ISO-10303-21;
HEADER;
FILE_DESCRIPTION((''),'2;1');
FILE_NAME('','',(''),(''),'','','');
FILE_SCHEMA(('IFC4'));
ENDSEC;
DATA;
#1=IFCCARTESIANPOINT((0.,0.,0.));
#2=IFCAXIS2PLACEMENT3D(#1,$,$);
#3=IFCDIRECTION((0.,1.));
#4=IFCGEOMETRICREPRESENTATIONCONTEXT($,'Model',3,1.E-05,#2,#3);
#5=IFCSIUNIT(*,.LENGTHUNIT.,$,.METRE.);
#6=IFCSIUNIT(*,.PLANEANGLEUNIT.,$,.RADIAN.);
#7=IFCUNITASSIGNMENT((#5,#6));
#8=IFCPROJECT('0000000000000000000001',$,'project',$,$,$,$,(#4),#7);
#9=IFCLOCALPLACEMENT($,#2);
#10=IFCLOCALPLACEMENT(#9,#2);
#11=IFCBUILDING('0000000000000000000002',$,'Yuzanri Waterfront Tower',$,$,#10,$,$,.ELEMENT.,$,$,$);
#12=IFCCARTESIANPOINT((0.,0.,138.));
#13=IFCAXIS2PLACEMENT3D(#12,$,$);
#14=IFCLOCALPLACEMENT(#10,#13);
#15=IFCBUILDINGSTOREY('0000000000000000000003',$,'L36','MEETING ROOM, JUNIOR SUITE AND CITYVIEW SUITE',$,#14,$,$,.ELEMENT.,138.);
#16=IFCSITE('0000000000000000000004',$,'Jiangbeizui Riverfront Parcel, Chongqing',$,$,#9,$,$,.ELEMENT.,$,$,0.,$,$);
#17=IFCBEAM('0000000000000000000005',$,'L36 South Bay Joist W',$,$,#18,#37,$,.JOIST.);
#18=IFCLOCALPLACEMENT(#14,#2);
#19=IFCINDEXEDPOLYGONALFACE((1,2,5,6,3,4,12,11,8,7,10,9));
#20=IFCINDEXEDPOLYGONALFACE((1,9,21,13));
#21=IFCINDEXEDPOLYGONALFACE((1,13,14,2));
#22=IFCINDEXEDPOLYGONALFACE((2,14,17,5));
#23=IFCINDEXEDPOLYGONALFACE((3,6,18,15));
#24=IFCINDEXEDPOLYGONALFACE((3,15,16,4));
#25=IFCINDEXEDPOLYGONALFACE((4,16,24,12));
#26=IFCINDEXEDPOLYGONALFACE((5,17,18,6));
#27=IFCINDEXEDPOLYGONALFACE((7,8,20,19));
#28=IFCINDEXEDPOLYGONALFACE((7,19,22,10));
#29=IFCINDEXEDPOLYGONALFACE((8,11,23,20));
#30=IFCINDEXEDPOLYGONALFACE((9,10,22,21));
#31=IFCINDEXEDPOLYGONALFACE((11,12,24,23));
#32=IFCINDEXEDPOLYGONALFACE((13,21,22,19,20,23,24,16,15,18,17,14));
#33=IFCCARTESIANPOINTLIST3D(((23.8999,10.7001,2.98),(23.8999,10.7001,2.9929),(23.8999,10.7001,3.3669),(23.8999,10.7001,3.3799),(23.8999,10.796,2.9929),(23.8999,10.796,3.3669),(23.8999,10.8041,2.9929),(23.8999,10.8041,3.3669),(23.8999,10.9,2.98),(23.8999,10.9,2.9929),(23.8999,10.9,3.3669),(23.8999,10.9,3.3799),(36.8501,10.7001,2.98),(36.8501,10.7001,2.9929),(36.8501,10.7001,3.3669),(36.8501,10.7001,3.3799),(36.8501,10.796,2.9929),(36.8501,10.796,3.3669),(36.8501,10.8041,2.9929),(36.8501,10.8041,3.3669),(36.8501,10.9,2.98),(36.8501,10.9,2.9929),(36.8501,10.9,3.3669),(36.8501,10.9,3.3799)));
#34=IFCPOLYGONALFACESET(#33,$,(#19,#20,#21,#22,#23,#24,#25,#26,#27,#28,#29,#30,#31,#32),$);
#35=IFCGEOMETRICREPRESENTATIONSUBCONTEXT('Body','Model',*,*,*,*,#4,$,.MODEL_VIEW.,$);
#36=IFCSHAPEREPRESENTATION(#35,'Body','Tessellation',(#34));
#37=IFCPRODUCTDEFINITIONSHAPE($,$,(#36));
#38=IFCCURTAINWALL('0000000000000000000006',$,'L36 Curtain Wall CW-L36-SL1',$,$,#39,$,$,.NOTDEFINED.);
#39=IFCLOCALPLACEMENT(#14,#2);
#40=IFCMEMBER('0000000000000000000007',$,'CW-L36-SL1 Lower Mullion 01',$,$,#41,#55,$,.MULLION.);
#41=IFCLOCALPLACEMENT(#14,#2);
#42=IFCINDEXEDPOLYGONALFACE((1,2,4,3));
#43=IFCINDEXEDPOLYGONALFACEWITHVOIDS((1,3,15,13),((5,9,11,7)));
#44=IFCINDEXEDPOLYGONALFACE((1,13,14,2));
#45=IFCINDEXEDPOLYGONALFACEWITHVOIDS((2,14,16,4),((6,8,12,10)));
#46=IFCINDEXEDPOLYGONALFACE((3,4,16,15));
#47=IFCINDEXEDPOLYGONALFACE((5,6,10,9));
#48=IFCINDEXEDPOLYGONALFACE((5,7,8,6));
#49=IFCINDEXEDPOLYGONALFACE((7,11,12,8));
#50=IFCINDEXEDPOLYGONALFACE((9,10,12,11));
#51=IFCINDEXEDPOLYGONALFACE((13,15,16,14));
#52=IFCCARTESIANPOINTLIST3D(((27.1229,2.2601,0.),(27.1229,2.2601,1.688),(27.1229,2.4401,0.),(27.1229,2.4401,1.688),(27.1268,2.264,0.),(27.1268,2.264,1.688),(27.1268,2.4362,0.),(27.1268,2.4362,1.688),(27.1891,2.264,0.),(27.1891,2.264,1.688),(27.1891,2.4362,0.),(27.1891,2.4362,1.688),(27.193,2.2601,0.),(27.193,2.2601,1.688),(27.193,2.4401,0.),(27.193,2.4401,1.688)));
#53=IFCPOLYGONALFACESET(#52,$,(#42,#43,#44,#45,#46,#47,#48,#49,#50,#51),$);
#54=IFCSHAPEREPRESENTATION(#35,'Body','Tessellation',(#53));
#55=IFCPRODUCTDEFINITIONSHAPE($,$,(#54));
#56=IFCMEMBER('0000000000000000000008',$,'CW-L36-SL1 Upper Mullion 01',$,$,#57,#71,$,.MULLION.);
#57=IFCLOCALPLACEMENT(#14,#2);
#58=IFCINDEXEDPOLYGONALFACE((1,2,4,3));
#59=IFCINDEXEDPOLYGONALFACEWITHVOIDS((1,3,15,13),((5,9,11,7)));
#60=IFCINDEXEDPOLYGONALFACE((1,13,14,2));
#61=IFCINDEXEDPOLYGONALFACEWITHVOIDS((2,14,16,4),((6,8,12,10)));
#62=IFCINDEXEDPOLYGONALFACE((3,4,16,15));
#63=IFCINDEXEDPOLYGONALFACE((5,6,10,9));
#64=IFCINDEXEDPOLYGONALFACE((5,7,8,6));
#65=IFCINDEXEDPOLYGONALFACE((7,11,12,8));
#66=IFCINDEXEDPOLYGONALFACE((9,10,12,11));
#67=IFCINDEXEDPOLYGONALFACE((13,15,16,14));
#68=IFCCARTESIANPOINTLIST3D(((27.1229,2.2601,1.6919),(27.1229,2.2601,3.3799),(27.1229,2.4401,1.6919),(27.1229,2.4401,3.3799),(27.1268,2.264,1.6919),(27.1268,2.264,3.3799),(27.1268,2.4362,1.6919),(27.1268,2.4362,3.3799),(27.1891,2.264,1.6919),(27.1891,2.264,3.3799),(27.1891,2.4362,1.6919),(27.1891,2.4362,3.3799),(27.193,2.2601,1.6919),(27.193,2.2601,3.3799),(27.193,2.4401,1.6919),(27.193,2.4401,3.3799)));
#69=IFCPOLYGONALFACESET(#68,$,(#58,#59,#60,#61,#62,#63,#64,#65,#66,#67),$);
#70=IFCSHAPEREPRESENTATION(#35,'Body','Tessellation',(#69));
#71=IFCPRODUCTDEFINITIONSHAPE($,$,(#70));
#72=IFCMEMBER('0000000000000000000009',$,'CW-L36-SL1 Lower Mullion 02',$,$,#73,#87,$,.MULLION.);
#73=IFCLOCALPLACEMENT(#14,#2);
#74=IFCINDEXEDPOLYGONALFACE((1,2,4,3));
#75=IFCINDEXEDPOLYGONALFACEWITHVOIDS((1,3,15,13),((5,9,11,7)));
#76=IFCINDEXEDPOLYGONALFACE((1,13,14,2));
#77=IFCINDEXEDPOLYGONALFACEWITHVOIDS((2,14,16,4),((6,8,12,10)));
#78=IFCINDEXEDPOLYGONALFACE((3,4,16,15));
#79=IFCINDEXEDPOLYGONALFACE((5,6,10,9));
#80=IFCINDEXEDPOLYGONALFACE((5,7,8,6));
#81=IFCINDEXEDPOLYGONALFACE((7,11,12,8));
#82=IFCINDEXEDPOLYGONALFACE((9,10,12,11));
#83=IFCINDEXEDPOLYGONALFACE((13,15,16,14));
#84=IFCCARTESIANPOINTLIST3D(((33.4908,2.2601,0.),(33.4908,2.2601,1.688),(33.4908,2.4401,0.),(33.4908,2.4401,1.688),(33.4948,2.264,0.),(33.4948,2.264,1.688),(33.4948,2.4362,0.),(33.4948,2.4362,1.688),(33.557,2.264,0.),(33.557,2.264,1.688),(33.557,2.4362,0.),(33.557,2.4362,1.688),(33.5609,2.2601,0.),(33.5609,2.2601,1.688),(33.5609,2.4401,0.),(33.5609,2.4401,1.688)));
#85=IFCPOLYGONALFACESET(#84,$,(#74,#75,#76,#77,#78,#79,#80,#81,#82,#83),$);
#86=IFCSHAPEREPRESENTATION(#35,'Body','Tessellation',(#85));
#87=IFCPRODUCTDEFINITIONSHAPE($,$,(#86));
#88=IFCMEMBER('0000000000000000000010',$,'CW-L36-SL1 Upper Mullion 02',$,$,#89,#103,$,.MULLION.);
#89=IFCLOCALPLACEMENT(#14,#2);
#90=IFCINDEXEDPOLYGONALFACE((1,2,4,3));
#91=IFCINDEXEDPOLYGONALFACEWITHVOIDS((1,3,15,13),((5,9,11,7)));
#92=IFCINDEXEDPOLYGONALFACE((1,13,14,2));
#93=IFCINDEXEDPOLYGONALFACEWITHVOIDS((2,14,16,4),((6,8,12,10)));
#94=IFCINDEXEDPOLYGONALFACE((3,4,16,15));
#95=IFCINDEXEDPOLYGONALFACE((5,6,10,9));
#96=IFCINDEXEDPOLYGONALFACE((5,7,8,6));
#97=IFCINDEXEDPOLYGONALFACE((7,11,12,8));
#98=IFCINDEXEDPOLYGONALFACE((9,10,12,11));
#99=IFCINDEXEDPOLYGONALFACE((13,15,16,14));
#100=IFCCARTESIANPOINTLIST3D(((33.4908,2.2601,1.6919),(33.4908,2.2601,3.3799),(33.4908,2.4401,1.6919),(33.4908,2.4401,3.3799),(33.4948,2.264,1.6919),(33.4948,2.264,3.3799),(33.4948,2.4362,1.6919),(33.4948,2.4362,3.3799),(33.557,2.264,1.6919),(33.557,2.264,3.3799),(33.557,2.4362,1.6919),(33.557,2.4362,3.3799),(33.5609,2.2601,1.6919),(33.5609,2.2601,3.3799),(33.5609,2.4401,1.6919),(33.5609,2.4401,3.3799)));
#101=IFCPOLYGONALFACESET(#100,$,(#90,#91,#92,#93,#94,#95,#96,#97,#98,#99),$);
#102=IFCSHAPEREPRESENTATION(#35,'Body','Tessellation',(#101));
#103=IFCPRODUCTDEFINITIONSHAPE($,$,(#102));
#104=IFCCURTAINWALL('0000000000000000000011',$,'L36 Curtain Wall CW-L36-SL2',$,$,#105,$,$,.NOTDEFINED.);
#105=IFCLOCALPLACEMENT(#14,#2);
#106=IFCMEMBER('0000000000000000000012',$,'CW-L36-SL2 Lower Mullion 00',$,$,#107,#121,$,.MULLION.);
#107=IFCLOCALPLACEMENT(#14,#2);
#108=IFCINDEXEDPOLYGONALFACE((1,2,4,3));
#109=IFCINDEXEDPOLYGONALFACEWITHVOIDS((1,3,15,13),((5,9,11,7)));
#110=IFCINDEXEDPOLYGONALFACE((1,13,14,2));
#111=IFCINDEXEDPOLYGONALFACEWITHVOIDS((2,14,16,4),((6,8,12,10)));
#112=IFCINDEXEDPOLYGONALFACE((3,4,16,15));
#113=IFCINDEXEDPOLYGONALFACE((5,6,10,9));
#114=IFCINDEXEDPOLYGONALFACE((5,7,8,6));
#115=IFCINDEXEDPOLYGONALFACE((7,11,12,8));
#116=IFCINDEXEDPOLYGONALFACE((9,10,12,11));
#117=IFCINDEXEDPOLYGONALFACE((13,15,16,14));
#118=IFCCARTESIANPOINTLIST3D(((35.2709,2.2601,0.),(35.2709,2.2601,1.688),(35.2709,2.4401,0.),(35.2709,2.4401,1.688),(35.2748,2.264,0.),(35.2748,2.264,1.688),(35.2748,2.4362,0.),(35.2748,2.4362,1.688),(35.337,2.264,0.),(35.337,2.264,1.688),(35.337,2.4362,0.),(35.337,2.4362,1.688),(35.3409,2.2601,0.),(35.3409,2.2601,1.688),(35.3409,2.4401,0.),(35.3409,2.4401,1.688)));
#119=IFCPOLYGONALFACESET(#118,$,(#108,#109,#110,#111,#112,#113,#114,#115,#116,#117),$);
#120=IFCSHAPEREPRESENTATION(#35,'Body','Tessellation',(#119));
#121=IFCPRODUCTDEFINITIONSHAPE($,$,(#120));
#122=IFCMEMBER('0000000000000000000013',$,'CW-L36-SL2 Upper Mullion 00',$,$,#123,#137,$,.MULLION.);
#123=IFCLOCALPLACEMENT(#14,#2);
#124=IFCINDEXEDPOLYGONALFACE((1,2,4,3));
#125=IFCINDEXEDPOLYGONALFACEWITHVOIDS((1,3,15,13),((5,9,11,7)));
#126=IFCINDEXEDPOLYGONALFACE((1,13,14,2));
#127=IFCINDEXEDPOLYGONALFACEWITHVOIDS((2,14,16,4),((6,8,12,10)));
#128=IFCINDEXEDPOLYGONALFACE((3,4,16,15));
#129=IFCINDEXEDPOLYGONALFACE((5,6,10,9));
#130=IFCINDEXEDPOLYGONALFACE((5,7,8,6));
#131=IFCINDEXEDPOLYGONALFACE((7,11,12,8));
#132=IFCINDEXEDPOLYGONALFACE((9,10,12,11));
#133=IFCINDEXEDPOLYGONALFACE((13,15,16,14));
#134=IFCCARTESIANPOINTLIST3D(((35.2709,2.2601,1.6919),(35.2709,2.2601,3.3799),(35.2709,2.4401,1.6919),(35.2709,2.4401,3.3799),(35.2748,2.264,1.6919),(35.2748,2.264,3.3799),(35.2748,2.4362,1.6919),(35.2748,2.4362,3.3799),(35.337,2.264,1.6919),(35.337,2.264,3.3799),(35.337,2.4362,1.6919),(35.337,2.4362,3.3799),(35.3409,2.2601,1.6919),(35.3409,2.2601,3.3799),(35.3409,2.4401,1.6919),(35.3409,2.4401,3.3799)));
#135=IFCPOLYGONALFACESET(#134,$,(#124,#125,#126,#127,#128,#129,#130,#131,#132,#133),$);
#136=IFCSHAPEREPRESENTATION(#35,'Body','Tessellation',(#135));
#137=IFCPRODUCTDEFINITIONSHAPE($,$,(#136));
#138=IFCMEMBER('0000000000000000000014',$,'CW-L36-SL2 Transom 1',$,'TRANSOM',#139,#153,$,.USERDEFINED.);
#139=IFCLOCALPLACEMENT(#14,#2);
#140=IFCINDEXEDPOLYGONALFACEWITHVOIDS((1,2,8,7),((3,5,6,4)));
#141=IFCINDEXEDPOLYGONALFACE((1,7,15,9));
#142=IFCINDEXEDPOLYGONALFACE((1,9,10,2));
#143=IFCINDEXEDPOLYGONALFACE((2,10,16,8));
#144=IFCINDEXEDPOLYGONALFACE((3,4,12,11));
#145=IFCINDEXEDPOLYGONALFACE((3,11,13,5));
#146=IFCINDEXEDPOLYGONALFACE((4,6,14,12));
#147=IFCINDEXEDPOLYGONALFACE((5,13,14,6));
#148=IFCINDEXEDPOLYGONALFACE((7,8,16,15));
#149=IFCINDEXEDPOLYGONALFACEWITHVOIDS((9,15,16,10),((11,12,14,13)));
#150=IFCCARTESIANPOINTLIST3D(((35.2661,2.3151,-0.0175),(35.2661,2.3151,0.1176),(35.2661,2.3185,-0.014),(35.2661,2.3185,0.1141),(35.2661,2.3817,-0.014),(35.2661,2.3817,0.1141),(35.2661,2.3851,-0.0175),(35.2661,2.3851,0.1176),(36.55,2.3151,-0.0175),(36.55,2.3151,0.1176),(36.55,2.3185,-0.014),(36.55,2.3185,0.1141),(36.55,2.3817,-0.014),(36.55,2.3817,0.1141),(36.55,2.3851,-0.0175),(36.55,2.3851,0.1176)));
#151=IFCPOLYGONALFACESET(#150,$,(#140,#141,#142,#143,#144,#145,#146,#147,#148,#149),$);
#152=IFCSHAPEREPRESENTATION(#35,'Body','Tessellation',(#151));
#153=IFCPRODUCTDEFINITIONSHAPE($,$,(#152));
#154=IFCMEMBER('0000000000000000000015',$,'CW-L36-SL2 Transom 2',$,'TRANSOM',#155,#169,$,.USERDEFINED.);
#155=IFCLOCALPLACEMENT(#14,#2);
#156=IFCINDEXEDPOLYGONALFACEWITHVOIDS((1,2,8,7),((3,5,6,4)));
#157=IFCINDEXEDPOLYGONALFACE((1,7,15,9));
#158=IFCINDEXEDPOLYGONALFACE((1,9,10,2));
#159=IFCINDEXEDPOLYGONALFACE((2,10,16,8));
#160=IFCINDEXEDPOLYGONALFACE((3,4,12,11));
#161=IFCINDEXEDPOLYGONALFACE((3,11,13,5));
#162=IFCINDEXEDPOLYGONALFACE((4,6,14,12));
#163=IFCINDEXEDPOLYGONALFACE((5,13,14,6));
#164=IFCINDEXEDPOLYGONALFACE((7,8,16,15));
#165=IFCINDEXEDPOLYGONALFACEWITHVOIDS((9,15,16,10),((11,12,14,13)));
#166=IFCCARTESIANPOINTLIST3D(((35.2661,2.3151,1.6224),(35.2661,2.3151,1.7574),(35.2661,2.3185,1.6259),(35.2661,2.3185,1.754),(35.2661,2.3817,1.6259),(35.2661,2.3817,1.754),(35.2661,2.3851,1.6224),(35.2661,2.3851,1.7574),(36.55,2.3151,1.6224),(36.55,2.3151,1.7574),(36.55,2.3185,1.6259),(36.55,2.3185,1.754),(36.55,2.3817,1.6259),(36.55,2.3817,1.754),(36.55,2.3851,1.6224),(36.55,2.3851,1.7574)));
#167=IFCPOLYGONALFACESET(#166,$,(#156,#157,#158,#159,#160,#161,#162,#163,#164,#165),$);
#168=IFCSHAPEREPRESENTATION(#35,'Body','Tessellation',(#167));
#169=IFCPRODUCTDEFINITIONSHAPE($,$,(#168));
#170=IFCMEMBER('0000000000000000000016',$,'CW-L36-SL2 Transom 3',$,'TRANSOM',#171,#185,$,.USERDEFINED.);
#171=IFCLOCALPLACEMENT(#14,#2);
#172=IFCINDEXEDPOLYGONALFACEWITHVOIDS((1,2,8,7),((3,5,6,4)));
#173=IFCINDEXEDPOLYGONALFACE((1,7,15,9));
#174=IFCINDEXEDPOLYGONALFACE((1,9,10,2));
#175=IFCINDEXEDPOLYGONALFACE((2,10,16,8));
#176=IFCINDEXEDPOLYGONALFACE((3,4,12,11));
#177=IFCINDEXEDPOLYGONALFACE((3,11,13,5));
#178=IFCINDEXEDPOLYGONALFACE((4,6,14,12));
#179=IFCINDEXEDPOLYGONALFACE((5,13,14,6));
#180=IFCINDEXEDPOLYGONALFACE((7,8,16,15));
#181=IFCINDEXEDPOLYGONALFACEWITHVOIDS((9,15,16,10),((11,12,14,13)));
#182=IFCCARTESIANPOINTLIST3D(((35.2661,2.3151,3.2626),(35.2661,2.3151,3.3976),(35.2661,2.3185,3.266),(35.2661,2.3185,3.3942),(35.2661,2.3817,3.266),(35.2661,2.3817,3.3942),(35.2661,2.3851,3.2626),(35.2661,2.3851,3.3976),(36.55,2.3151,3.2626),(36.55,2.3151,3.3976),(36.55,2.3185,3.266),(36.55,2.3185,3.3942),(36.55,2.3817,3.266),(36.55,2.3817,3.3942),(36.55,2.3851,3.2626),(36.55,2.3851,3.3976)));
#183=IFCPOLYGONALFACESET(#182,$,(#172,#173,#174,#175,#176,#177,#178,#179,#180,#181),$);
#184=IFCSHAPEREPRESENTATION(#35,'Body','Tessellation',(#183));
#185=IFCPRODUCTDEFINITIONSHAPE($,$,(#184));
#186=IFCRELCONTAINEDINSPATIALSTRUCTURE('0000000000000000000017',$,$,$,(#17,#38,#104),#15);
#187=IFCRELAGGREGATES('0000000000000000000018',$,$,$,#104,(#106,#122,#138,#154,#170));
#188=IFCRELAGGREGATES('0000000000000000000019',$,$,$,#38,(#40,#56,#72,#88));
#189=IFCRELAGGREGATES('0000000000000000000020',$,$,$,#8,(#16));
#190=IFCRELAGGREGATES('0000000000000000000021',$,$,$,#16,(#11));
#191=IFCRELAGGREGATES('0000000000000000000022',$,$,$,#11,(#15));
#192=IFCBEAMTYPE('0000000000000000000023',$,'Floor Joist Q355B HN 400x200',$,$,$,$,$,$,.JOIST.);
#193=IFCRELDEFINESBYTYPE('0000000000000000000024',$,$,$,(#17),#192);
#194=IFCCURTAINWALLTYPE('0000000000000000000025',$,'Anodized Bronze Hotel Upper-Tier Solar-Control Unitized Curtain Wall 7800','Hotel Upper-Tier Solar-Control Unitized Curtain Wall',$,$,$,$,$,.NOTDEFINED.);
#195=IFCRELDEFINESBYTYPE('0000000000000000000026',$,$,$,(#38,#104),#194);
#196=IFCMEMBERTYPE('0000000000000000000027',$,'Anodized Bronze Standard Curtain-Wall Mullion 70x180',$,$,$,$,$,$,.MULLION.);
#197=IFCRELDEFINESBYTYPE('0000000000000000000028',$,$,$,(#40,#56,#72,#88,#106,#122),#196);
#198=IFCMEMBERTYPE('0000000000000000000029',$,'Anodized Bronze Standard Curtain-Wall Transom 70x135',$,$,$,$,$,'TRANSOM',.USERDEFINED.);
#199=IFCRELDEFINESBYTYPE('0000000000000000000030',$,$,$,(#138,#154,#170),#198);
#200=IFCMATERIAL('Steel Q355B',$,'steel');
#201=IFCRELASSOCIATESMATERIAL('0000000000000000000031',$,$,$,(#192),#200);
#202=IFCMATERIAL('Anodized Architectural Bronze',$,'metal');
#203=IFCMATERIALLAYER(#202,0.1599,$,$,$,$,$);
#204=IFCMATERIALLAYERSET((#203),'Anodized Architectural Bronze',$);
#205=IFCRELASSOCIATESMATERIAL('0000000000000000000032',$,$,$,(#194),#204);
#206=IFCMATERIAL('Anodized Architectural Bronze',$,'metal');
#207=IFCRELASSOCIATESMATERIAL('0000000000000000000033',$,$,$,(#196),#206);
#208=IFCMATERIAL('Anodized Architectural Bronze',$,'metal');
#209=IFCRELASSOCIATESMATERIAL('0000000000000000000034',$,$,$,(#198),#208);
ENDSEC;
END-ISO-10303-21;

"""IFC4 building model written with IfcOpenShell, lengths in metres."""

from ifc_helpers import new_model, si_unit, direction, frame, origin, origin_2d, place, context, subcontext, project, spatial, hollow_rectangle, i_section, extrude, source, transform, mapped, material, layer, layer_set, material_profile, profile_set, type_object, element, aggregate, save


model = new_model("IFC4")

# Units and contexts
model_context = context("Model", 3, precision=1e-05, world=origin(), true_north=direction((0.0, 1.0)))
body_context = subcontext(model_context, "Body", "Model", "MODEL_VIEW")
ifc_project = project(units=[si_unit("LENGTHUNIT", "METRE"), si_unit("PLANEANGLEUNIT", "RADIAN")], contexts=[model_context])

# Site, building, storey
site_placement = place(None, origin())
site = spatial("IfcSite", under=ifc_project, at=site_placement, Name="Jiangbeizui Riverfront Parcel, Chongqing", CompositionType="ELEMENT", RefElevation=0.0)
building_placement = place(site_placement, origin())
building = spatial("IfcBuilding", under=site, at=building_placement, Name="Yuzanri Waterfront Tower", CompositionType="ELEMENT")
storey_placement = place(building_placement, frame((0.0, 0.0, 138.0)))
storey = spatial("IfcBuildingStorey", under=building, at=storey_placement, Name="L36", Description="MEETING ROOM, JUNIOR SUITE AND CITYVIEW SUITE", CompositionType="ELEMENT", Elevation=138.0)

# Beam
ifc_material_1 = material(Name="Steel Q355B", Category="steel")
ifc_material_profile_1 = material_profile(ifc_material_1, i_section(OverallWidth=0.2, OverallDepth=0.3999, WebThickness=0.0081, FlangeThickness=0.0129, at=origin_2d()), Name="HN 400x200x8x13")
ifc_profile_set_1 = profile_set([ifc_material_profile_1], Name="Steel Q355B")
beam_type = type_object("IfcBeamType", Name="Floor Joist Q355B HN 400x200", PredefinedType="JOIST", material=ifc_profile_set_1)
shared_shape_1 = source(origin(), body_context, "Body", "SweptSolid", [
    extrude(i_section(OverallWidth=0.2, OverallDepth=0.3999, WebThickness=0.0081, FlangeThickness=0.0129, at=origin_2d()), origin(), (0.0, 0.0, 1.0), 12.9502),
])
beam_placement = place(storey_placement, frame((23.8999, 10.8, 3.1799), z_axis=(1.0, 0.0, 0.0), x_axis=(0.0, 1.0, 0.0)))
element("IfcBeam", 1, at=beam_placement, inside=storey, type_object=beam_type, Name="L36 South Bay Joist W", PredefinedType="JOIST", context=body_context, shape_type="MappedRepresentation", body=[
    mapped(shared_shape_1, transform((0.0, 0.0, 0.0), scale=1.0)),
])

# Curtain walls, members
ifc_material_2 = material(Name="Anodized Architectural Bronze", Category="metal")
ifc_layer_1 = layer(ifc_material_2, 0.1599)
ifc_layer_set_1 = layer_set([ifc_layer_1], Name="Anodized Architectural Bronze")
curtain_wall_type = type_object("IfcCurtainWallType", Name="Anodized Bronze Hotel Upper-Tier Solar-Control Unitized Curtain Wall 7800", Description="Hotel Upper-Tier Solar-Control Unitized Curtain Wall", PredefinedType="NOTDEFINED", material=ifc_layer_set_1)
curtain_wall_1_placement = place(storey_placement, origin())
curtain_wall_1 = element("IfcCurtainWall", 2, at=curtain_wall_1_placement, inside=storey, type_object=curtain_wall_type, Name="L36 Curtain Wall CW-L36-SL1", PredefinedType="NOTDEFINED")
ifc_material_3 = material(Name="Anodized Architectural Bronze", Category="metal")
ifc_material_profile_2 = material_profile(ifc_material_3, hollow_rectangle(XDim=0.0701, YDim=0.1799, WallThickness=0.0039, at=origin_2d()), Name="CWM 70x180")
ifc_profile_set_2 = profile_set([ifc_material_profile_2], Name="Anodized Architectural Bronze")
member_type_1 = type_object("IfcMemberType", Name="Anodized Bronze Standard Curtain-Wall Mullion 70x180", PredefinedType="MULLION", material=ifc_profile_set_2)
shared_shape_2 = source(origin(), body_context, "Body", "SweptSolid", [
    extrude(hollow_rectangle(XDim=0.0701, YDim=0.1799, WallThickness=0.0039, at=origin_2d()), origin(), (0.0, 0.0, 1.0), 1.688),
])
member_1_placement = place(storey_placement, frame((27.158, 2.3501, 0.0), z_axis=(0.0, 0.0, 1.0), x_axis=(1.0, 0.0, 0.0)))
member_1 = element("IfcMember", 3, at=member_1_placement, type_object=member_type_1, Name="CW-L36-SL1 Lower Mullion 01", PredefinedType="MULLION", context=body_context, shape_type="MappedRepresentation", body=[
    mapped(shared_shape_2, transform((0.0, 0.0, 0.0), scale=1.0)),
])
member_2_placement = place(storey_placement, frame((27.158, 2.3501, 1.6919), z_axis=(0.0, 0.0, 1.0), x_axis=(1.0, 0.0, 0.0)))
member_2 = element("IfcMember", 4, at=member_2_placement, type_object=member_type_1, Name="CW-L36-SL1 Upper Mullion 01", PredefinedType="MULLION", context=body_context, shape_type="MappedRepresentation", body=[
    mapped(shared_shape_2, transform((0.0, 0.0, 0.0), scale=1.0)),
])
member_3_placement = place(storey_placement, frame((33.5259, 2.3501, 0.0), z_axis=(0.0, 0.0, 1.0), x_axis=(1.0, 0.0, 0.0)))
member_3 = element("IfcMember", 5, at=member_3_placement, type_object=member_type_1, Name="CW-L36-SL1 Lower Mullion 02", PredefinedType="MULLION", context=body_context, shape_type="MappedRepresentation", body=[
    mapped(shared_shape_2, transform((0.0, 0.0, 0.0), scale=1.0)),
])
member_4_placement = place(storey_placement, frame((33.5259, 2.3501, 1.6919), z_axis=(0.0, 0.0, 1.0), x_axis=(1.0, 0.0, 0.0)))
member_4 = element("IfcMember", 6, at=member_4_placement, type_object=member_type_1, Name="CW-L36-SL1 Upper Mullion 02", PredefinedType="MULLION", context=body_context, shape_type="MappedRepresentation", body=[
    mapped(shared_shape_2, transform((0.0, 0.0, 0.0), scale=1.0)),
])
curtain_wall_2_placement = place(storey_placement, origin())
curtain_wall_2 = element("IfcCurtainWall", 7, at=curtain_wall_2_placement, inside=storey, type_object=curtain_wall_type, Name="L36 Curtain Wall CW-L36-SL2", PredefinedType="NOTDEFINED")
member_5_placement = place(storey_placement, frame((35.3059, 2.3501, 0.0), z_axis=(0.0, 0.0, 1.0), x_axis=(1.0, 0.0, 0.0)))
member_5 = element("IfcMember", 8, at=member_5_placement, type_object=member_type_1, Name="CW-L36-SL2 Lower Mullion 00", PredefinedType="MULLION", context=body_context, shape_type="MappedRepresentation", body=[
    mapped(shared_shape_2, transform((0.0, 0.0, 0.0), scale=1.0)),
])
member_6_placement = place(storey_placement, frame((35.3059, 2.3501, 1.6919), z_axis=(0.0, 0.0, 1.0), x_axis=(1.0, 0.0, 0.0)))
member_6 = element("IfcMember", 9, at=member_6_placement, type_object=member_type_1, Name="CW-L36-SL2 Upper Mullion 00", PredefinedType="MULLION", context=body_context, shape_type="MappedRepresentation", body=[
    mapped(shared_shape_2, transform((0.0, 0.0, 0.0), scale=1.0)),
])
ifc_material_4 = material(Name="Anodized Architectural Bronze", Category="metal")
ifc_material_profile_3 = material_profile(ifc_material_4, hollow_rectangle(XDim=0.0701, YDim=0.135, WallThickness=0.0034, at=origin_2d()), Name="CWT 70x135")
ifc_profile_set_3 = profile_set([ifc_material_profile_3], Name="Anodized Architectural Bronze")
member_type_2 = type_object("IfcMemberType", Name="Anodized Bronze Standard Curtain-Wall Transom 70x135", ElementType="TRANSOM", PredefinedType="USERDEFINED", material=ifc_profile_set_3)
shared_shape_3 = source(origin(), body_context, "Body", "SweptSolid", [
    extrude(hollow_rectangle(XDim=0.0701, YDim=0.135, WallThickness=0.0034, at=origin_2d()), origin(), (0.0, 0.0, 1.0), 1.2839),
])
member_7_placement = place(storey_placement, frame((35.2661, 2.3501, 0.05), z_axis=(1.0, 0.0, 0.0), x_axis=(0.0, 1.0, 0.0)))
member_7 = element("IfcMember", 10, at=member_7_placement, type_object=member_type_2, Name="CW-L36-SL2 Transom 1", ObjectType="TRANSOM", PredefinedType="USERDEFINED", context=body_context, shape_type="MappedRepresentation", body=[
    mapped(shared_shape_3, transform((0.0, 0.0, 0.0), scale=1.0)),
])
member_8_placement = place(storey_placement, frame((35.2661, 2.3501, 1.6899), z_axis=(1.0, 0.0, 0.0), x_axis=(0.0, 1.0, 0.0)))
member_8 = element("IfcMember", 11, at=member_8_placement, type_object=member_type_2, Name="CW-L36-SL2 Transom 2", ObjectType="TRANSOM", PredefinedType="USERDEFINED", context=body_context, shape_type="MappedRepresentation", body=[
    mapped(shared_shape_3, transform((0.0, 0.0, 0.0), scale=1.0)),
])
member_9_placement = place(storey_placement, frame((35.2661, 2.3501, 3.3301), z_axis=(1.0, 0.0, 0.0), x_axis=(0.0, 1.0, 0.0)))
member_9 = element("IfcMember", 12, at=member_9_placement, type_object=member_type_2, Name="CW-L36-SL2 Transom 3", ObjectType="TRANSOM", PredefinedType="USERDEFINED", context=body_context, shape_type="MappedRepresentation", body=[
    mapped(shared_shape_3, transform((0.0, 0.0, 0.0), scale=1.0)),
])
aggregate(curtain_wall_2, [member_5, member_6, member_7, member_8, member_9])

aggregate(curtain_wall_1, [member_1, member_2, member_3, member_4])

save(model, "model.ifc")
